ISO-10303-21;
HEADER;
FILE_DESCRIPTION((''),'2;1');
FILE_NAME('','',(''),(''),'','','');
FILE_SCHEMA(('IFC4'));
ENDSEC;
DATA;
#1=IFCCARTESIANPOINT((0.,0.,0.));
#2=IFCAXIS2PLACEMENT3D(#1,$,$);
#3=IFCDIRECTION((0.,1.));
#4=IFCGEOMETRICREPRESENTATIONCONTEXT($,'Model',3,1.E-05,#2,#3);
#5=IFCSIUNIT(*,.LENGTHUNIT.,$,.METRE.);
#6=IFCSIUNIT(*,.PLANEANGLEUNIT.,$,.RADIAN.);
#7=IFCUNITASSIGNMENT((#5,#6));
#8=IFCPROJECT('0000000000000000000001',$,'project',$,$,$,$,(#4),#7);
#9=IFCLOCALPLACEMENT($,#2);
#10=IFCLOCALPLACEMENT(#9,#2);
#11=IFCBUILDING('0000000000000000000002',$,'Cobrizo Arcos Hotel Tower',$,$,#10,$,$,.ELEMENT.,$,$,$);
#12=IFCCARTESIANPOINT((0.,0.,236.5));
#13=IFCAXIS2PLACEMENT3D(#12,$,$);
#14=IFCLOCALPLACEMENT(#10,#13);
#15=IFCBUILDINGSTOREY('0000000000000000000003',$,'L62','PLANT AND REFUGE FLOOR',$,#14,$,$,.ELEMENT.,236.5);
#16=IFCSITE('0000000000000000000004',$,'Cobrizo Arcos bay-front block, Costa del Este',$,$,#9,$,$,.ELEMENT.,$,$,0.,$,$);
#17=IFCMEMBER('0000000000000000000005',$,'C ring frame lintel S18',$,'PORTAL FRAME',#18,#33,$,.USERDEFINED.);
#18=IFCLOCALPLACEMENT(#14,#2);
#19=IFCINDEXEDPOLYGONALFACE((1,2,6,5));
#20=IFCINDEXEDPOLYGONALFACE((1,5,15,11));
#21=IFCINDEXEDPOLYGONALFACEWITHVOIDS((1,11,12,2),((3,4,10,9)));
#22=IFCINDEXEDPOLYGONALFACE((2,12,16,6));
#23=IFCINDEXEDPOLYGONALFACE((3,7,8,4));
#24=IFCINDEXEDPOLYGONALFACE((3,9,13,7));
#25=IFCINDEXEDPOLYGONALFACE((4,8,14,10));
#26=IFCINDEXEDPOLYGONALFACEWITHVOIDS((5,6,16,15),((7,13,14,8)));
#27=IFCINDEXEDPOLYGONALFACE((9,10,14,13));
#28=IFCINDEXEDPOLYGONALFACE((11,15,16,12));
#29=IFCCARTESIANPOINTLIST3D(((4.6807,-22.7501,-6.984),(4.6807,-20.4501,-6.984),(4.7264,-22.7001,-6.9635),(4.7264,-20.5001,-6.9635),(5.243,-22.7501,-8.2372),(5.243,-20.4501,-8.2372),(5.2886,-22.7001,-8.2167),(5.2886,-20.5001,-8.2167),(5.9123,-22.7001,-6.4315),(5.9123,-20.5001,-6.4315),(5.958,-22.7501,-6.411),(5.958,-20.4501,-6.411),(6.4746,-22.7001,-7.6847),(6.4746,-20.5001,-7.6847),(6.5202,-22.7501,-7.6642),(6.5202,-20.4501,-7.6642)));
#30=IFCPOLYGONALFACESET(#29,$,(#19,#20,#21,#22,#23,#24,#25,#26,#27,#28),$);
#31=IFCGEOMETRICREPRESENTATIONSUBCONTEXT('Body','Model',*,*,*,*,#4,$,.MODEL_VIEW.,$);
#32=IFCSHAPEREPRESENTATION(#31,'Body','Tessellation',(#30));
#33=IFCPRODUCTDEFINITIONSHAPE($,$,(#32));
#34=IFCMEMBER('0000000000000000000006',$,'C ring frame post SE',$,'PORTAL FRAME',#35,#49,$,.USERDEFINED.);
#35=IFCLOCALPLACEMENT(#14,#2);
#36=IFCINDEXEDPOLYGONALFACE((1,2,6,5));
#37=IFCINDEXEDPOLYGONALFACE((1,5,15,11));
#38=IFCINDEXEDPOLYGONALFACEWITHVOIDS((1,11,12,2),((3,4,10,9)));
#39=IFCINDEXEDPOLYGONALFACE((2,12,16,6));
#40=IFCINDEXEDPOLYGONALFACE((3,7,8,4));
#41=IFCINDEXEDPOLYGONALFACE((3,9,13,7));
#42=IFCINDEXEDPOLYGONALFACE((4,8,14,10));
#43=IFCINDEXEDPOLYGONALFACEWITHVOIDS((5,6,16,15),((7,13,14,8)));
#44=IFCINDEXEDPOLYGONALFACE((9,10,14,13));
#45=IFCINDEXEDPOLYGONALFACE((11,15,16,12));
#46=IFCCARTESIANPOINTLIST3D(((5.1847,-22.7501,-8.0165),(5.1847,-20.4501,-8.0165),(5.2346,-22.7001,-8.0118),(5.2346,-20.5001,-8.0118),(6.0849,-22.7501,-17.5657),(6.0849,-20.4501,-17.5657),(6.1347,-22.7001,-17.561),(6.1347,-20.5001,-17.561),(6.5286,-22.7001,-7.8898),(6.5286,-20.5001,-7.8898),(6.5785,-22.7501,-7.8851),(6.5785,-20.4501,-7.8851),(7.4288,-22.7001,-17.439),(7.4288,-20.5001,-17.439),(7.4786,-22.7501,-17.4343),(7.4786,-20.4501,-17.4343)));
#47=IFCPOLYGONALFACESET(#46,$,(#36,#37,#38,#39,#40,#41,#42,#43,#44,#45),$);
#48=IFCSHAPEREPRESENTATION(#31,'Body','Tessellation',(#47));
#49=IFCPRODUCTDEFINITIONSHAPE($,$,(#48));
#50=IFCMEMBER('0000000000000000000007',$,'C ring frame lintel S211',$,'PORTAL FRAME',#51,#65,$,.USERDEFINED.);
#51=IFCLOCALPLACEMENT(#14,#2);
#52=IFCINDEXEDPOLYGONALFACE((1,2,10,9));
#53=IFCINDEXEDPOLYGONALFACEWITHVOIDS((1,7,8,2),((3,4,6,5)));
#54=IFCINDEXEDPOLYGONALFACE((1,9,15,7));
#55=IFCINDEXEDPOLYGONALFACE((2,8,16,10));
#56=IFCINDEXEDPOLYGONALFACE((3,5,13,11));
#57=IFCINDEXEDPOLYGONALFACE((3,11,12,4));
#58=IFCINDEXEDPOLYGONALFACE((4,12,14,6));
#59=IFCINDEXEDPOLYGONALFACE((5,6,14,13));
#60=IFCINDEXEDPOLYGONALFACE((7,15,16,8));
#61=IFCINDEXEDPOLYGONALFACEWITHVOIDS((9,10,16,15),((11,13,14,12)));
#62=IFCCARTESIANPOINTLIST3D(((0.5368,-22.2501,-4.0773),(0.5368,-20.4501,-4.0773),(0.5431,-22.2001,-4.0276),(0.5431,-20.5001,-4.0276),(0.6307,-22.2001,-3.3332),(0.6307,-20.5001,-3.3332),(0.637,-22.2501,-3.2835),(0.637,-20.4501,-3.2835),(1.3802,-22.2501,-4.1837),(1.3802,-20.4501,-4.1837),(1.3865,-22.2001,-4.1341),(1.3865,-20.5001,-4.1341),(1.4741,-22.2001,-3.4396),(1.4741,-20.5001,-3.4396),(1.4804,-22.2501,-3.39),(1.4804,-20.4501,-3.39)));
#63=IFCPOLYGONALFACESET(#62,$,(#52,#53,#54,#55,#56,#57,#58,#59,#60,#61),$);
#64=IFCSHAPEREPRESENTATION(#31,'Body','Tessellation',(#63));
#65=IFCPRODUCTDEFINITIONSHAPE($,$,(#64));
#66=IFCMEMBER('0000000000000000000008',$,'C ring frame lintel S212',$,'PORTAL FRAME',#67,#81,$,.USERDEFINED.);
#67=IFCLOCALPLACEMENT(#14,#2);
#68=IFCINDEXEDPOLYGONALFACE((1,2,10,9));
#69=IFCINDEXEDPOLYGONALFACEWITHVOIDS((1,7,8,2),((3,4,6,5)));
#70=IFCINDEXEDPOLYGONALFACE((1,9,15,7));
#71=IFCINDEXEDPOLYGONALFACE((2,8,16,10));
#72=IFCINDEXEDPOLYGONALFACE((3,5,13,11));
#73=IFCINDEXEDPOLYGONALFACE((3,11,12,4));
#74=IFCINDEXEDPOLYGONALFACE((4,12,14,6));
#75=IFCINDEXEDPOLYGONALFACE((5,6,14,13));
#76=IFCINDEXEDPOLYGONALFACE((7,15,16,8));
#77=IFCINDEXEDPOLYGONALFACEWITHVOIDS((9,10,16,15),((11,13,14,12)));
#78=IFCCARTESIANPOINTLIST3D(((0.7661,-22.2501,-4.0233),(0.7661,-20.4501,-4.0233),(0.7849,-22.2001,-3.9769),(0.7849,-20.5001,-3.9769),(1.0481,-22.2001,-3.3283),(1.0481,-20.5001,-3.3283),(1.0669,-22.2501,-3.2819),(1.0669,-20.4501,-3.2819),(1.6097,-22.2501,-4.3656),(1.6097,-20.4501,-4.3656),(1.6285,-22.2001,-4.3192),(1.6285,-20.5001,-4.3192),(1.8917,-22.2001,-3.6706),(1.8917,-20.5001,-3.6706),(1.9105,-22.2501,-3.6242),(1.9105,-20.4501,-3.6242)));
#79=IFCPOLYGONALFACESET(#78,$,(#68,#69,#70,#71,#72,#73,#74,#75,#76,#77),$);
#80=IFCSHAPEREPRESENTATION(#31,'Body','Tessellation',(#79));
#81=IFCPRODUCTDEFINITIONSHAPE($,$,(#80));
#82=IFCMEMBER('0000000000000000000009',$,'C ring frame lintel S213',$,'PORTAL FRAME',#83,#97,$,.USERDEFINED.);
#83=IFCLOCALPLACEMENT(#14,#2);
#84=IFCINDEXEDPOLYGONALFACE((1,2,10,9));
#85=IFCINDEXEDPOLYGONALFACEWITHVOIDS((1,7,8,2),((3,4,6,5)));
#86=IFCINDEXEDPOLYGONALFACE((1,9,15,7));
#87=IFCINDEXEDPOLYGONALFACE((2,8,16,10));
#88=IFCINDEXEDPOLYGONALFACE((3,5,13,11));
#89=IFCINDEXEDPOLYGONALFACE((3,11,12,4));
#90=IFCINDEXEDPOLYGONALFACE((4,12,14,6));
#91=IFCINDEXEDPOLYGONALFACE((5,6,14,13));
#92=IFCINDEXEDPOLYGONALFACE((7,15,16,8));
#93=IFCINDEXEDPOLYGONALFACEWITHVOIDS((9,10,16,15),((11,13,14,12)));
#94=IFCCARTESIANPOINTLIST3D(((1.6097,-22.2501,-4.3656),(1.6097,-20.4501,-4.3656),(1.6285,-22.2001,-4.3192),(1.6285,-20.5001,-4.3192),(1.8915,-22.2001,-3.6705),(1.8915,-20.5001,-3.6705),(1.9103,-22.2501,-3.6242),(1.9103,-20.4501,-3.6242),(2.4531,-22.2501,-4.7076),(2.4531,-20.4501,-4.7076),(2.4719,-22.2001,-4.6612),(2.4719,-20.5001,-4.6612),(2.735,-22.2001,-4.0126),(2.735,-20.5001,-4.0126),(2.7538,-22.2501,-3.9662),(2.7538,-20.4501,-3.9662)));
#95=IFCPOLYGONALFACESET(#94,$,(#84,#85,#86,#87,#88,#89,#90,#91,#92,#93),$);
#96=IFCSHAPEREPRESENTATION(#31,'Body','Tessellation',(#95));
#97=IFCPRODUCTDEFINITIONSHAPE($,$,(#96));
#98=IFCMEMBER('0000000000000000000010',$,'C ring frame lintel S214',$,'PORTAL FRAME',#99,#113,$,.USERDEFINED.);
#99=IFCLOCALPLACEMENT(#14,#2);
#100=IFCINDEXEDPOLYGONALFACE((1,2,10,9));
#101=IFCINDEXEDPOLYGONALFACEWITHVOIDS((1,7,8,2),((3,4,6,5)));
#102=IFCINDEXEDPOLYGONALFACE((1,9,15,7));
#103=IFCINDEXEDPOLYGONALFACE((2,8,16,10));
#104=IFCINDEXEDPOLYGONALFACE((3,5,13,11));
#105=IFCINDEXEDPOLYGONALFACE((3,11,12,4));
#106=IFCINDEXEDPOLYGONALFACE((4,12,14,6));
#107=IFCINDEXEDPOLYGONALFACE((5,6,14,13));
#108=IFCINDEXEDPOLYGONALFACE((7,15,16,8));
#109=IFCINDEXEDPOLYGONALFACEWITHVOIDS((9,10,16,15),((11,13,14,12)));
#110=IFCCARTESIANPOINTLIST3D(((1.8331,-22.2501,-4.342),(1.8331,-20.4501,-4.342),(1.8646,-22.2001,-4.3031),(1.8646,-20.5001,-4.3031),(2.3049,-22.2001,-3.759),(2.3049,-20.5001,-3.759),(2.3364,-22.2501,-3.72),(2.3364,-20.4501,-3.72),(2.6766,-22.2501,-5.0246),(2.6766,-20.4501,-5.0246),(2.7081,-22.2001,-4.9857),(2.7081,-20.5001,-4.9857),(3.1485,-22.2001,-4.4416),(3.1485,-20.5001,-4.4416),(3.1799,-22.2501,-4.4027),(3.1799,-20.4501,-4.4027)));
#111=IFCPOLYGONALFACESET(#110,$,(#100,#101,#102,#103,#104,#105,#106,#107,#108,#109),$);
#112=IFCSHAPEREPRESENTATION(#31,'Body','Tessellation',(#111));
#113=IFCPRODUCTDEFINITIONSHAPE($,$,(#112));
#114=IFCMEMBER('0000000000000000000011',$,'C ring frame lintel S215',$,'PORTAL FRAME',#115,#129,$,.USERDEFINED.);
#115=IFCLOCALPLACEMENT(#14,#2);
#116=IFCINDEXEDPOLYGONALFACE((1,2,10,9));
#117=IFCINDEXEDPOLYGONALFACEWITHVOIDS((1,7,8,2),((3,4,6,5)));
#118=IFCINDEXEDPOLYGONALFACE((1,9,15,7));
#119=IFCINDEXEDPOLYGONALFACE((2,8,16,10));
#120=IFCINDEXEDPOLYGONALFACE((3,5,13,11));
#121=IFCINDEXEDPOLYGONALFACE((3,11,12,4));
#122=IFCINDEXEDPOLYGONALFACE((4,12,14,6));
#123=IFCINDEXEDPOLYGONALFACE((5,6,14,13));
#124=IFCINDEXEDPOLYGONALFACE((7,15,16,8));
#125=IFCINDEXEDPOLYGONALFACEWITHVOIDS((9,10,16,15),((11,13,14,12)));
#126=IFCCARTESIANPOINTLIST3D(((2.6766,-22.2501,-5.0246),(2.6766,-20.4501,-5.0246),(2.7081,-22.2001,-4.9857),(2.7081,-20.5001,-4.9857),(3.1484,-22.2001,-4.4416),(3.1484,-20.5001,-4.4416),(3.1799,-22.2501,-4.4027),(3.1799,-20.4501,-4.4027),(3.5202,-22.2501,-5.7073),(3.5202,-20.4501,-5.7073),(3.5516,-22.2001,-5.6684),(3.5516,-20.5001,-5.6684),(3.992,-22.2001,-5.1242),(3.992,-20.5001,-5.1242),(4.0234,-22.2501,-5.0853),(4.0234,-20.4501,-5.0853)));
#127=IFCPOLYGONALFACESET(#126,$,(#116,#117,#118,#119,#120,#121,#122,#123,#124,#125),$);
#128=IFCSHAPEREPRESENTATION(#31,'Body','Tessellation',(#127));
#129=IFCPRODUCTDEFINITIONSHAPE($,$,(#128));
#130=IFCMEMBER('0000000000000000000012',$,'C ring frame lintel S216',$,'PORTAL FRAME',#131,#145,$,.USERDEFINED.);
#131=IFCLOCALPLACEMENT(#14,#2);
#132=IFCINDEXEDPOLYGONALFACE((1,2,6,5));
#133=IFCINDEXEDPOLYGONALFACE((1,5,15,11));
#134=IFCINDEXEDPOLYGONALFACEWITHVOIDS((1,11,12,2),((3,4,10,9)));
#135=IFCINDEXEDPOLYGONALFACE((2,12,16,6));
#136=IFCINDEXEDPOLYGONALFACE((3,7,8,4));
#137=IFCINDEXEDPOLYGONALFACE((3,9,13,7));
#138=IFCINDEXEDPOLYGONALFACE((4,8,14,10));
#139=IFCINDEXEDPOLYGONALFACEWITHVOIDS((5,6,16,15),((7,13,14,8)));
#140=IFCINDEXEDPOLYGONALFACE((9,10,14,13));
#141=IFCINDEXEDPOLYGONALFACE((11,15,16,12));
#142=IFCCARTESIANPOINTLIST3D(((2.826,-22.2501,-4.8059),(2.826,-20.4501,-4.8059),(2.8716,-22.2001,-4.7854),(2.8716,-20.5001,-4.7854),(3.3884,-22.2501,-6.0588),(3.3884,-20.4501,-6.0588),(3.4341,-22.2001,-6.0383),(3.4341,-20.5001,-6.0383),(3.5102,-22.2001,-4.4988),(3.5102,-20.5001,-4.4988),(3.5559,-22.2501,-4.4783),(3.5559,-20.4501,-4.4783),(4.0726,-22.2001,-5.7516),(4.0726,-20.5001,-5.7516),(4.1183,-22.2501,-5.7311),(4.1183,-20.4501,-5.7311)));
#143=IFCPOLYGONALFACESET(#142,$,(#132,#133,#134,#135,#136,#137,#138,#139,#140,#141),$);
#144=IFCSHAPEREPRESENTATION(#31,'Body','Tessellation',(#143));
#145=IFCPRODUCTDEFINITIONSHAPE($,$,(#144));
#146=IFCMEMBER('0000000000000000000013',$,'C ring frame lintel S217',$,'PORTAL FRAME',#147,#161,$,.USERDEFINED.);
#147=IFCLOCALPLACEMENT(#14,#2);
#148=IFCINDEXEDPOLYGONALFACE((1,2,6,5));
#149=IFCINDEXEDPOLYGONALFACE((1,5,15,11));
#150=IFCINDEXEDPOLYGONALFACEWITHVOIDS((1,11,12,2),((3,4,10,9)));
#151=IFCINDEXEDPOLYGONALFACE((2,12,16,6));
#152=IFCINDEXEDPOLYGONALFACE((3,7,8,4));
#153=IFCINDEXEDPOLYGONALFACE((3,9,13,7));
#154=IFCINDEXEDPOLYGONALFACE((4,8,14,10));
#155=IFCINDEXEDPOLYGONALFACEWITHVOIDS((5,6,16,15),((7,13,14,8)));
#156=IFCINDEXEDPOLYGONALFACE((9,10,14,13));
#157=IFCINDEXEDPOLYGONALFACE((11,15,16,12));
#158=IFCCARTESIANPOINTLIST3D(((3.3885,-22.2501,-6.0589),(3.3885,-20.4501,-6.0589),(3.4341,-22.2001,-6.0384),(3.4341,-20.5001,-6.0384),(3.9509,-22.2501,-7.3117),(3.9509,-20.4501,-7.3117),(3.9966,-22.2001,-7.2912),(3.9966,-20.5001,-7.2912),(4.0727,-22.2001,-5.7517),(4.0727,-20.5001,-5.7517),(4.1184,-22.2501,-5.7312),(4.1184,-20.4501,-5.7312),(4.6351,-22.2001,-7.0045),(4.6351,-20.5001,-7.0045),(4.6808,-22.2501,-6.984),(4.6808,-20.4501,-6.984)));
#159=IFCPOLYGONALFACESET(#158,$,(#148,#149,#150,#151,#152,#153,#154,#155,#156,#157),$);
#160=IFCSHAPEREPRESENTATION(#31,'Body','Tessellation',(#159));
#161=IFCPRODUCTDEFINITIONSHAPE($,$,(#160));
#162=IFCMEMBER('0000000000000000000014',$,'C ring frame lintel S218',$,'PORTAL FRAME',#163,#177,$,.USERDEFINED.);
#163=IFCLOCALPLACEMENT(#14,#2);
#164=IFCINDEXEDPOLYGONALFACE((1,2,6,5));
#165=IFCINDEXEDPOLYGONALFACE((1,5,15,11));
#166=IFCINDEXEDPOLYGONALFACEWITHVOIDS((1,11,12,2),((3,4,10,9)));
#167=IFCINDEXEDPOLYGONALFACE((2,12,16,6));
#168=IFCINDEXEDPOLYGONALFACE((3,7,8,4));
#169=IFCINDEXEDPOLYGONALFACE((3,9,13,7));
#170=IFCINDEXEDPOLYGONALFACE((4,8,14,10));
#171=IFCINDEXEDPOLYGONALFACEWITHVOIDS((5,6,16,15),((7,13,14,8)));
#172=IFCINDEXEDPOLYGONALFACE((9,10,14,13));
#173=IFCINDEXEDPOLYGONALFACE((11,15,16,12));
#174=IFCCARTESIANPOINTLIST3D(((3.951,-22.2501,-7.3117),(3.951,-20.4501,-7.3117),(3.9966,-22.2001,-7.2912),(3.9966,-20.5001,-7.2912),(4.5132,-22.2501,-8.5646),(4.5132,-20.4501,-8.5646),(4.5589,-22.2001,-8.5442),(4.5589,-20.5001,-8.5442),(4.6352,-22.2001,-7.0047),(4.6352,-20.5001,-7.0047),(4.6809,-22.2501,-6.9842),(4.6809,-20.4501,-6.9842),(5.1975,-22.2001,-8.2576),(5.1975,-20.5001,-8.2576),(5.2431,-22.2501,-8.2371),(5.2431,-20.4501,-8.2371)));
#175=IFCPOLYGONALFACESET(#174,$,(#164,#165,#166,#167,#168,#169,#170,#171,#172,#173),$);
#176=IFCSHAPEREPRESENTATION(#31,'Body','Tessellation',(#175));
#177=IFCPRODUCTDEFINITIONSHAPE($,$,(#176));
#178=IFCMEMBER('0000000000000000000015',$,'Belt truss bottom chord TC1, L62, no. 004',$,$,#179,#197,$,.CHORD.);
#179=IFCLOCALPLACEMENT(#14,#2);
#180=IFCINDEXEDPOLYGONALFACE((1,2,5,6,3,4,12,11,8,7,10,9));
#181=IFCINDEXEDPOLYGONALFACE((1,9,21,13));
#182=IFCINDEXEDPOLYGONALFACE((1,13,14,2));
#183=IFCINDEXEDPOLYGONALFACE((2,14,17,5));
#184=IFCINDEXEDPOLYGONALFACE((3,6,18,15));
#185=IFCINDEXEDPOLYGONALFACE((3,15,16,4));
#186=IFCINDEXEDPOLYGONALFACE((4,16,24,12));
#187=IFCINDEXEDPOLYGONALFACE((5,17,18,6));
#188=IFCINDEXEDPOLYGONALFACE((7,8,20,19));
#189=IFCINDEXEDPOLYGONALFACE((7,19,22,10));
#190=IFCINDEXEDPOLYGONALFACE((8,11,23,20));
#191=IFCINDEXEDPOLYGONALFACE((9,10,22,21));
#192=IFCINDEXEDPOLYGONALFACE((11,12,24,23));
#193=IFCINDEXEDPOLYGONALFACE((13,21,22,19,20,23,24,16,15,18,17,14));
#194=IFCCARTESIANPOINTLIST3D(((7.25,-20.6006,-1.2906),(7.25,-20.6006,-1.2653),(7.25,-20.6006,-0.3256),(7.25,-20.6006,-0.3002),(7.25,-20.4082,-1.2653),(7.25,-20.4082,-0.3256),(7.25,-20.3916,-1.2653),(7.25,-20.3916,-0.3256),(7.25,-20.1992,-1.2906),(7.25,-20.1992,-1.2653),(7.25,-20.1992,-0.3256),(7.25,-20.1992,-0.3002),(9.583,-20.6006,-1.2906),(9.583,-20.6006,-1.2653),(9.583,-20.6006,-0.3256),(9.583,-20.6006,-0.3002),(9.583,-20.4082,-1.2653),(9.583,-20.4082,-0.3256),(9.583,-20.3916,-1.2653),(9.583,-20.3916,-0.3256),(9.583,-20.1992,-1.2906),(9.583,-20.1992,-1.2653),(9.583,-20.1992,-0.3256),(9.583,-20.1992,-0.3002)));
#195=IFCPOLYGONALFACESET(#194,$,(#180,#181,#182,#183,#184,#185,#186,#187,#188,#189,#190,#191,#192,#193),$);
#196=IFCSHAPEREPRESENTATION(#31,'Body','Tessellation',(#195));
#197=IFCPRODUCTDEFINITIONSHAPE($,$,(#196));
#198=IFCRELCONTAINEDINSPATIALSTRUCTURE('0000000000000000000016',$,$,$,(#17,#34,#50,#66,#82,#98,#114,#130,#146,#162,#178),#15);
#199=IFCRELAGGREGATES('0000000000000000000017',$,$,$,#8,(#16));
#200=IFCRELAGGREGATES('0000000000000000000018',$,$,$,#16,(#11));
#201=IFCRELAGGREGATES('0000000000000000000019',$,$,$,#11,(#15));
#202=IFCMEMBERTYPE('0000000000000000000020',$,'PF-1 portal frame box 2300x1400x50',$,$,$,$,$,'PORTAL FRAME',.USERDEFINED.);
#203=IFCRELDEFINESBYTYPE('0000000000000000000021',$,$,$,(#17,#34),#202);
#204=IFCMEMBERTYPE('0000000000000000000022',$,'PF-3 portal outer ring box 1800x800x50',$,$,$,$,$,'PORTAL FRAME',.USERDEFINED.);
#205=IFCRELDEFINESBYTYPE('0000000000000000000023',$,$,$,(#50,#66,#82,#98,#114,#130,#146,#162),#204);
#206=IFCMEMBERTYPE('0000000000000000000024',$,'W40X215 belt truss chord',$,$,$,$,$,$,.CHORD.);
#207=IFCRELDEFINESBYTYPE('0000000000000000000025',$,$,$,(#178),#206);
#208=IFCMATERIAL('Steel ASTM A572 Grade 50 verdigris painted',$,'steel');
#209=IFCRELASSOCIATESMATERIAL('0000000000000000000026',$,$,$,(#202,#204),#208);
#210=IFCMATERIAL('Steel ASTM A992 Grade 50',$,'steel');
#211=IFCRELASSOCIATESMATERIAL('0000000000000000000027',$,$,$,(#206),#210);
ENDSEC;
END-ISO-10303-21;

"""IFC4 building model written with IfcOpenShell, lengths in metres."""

from ifc_helpers import new_model, si_unit, direction, frame, origin, origin_2d, place, context, subcontext, project, spatial, hollow_rectangle, i_section, extrude, material, material_profile, profile_set, type_object, element, save


model = new_model("IFC4")

# Units and contexts
model_context = context("Model", 3, precision=1e-05, world=origin(), true_north=direction((0.0, 1.0)))
body_context = subcontext(model_context, "Body", "Model", "MODEL_VIEW")
ifc_project = project(units=[si_unit("LENGTHUNIT", "METRE"), si_unit("PLANEANGLEUNIT", "RADIAN")], contexts=[model_context])

# Site, building, storey
site_placement = place(None, origin())
site = spatial("IfcSite", under=ifc_project, at=site_placement, Name="Cobrizo Arcos bay-front block, Costa del Este", CompositionType="ELEMENT", RefElevation=0.0)
building_placement = place(site_placement, origin())
building = spatial("IfcBuilding", under=site, at=building_placement, Name="Cobrizo Arcos Hotel Tower", CompositionType="ELEMENT")
storey_placement = place(building_placement, frame((0.0, 0.0, 236.5)))
storey = spatial("IfcBuildingStorey", under=building, at=storey_placement, Name="L62", Description="PLANT AND REFUGE FLOOR", CompositionType="ELEMENT", Elevation=236.5)

# Members
ifc_material_1 = material(Name="Steel ASTM A572 Grade 50 verdigris painted", Category="steel")
ifc_material_profile_1 = material_profile(ifc_material_1, hollow_rectangle(XDim=2.3, YDim=1.3999, WallThickness=0.05, at=origin_2d()), Name="PF-1 portal frame box 2300x1400x50")
ifc_profile_set_1 = profile_set([ifc_material_profile_1], Name="Steel ASTM A572 Grade 50 verdigris painted")
member_type_1 = type_object("IfcMemberType", Name="PF-1 portal frame box 2300x1400x50", ElementType="PORTAL FRAME", PredefinedType="USERDEFINED", material=ifc_profile_set_1)
member_1_placement = place(storey_placement, frame((5.3193, -21.6001, -6.6975), z_axis=(0.409352, 0.0, -0.912377), x_axis=(0.0, 1.0, 0.0)))
element("IfcMember", 1, at=member_1_placement, inside=storey, type_object=member_type_1, Name="C ring frame lintel S18", ObjectType="PORTAL FRAME", PredefinedType="USERDEFINED", context=body_context, shape_type="SweptSolid", body=[
    extrude(hollow_rectangle(XDim=2.3, YDim=1.3999, WallThickness=0.05, at=origin_2d()), origin(), (0.0, 0.0, 1.0), 1.3735),
])
member_2_placement = place(storey_placement, frame((6.7817, -21.6001, -17.5), z_axis=(-0.093847, 0.0, 0.995587), x_axis=(0.0, -1.0, 0.0)))
element("IfcMember", 2, at=member_2_placement, inside=storey, type_object=member_type_1, Name="C ring frame post SE", ObjectType="PORTAL FRAME", PredefinedType="USERDEFINED", context=body_context, shape_type="SweptSolid", body=[
    extrude(hollow_rectangle(XDim=2.3, YDim=1.3999, WallThickness=0.05, at=origin_2d()), origin(), (0.0, 0.0, 1.0), 9.5916),
])
ifc_material_profile_2 = material_profile(ifc_material_1, hollow_rectangle(XDim=1.8, YDim=0.8, WallThickness=0.05, at=origin_2d()), Name="PF-3 portal outer ring box 1800x800x50")
ifc_profile_set_2 = profile_set([ifc_material_profile_2], Name="Steel ASTM A572 Grade 50 verdigris painted")
member_type_2 = type_object("IfcMemberType", Name="PF-3 portal outer ring box 1800x800x50", ElementType="PORTAL FRAME", PredefinedType="USERDEFINED", material=ifc_profile_set_2)
member_3_placement = place(storey_placement, frame((0.5869, -21.3501, -3.6804), z_axis=(0.992131, 0.0, -0.125201), x_axis=(0.0, 1.0, 0.0)))
element("IfcMember", 3, at=member_3_placement, inside=storey, type_object=member_type_2, Name="C ring frame lintel S211", ObjectType="PORTAL FRAME", PredefinedType="USERDEFINED", context=body_context, shape_type="SweptSolid", body=[
    extrude(hollow_rectangle(XDim=1.8, YDim=0.8, WallThickness=0.05, at=origin_2d()), origin(), (0.0, 0.0, 1.0), 0.8501),
])
member_4_placement = place(storey_placement, frame((0.9165, -21.3501, -3.6526), z_axis=(0.926616, 0.0, -0.37601), x_axis=(0.0, 1.0, 0.0)))
element("IfcMember", 4, at=member_4_placement, inside=storey, type_object=member_type_2, Name="C ring frame lintel S212", ObjectType="PORTAL FRAME", PredefinedType="USERDEFINED", context=body_context, shape_type="SweptSolid", body=[
    extrude(hollow_rectangle(XDim=1.8, YDim=0.8, WallThickness=0.05, at=origin_2d()), origin(), (0.0, 0.0, 1.0), 0.9104),
])
member_5_placement = place(storey_placement, frame((1.76, -21.3501, -3.9949), z_axis=(0.926709, 0.0, -0.37578), x_axis=(0.0, 1.0, 0.0)))
element("IfcMember", 5, at=member_5_placement, inside=storey, type_object=member_type_2, Name="C ring frame lintel S213", ObjectType="PORTAL FRAME", PredefinedType="USERDEFINED", context=body_context, shape_type="SweptSolid", body=[
    extrude(hollow_rectangle(XDim=1.8, YDim=0.8, WallThickness=0.05, at=origin_2d()), origin(), (0.0, 0.0, 1.0), 0.9102),
])
for number, where, z_axis, x_axis, name in (
    (6, (2.0847, -21.3501, -4.031), (0.777344, 0.0, -0.629075), (0.0, 1.0, 0.0), "C ring frame lintel S214"),
    (7, (2.9282, -21.3501, -4.7136), (0.777344, 0.0, -0.629075), (0.0, 1.0, 0.0), "C ring frame lintel S215"),
):
    element("IfcMember", number, at=place(storey_placement, frame(where, z_axis=z_axis, x_axis=x_axis)), inside=storey, type_object=member_type_2, Name=name, ObjectType="PORTAL FRAME", PredefinedType="USERDEFINED", context=body_context, shape_type="SweptSolid", body=[
        extrude(hollow_rectangle(XDim=1.8, YDim=0.8, WallThickness=0.05, at=origin_2d()), origin(), (0.0, 0.0, 1.0), 1.0852),
    ])
for number, where, z_axis, x_axis, name in (
    (8, (3.1909, -21.3501, -4.6421), (0.409566, 0.0, -0.91228), (0.0, 1.0, 0.0), "C ring frame lintel S216"),
    (9, (3.7534, -21.3501, -5.895), (0.409566, 0.0, -0.91228), (0.0, 1.0, 0.0), "C ring frame lintel S217"),
    (10, (4.3159, -21.3501, -7.1479), (0.409418, 0.0, -0.912347), (0.0, 1.0, 0.0), "C ring frame lintel S218"),
):
    element("IfcMember", number, at=place(storey_placement, frame(where, z_axis=z_axis, x_axis=x_axis)), inside=storey, type_object=member_type_2, Name=name, ObjectType="PORTAL FRAME", PredefinedType="USERDEFINED", context=body_context, shape_type="SweptSolid", body=[
        extrude(hollow_rectangle(XDim=1.8, YDim=0.8, WallThickness=0.05, at=origin_2d()), origin(), (0.0, 0.0, 1.0), 1.3733),
    ])
ifc_material_2 = material(Name="Steel ASTM A992 Grade 50", Category="steel")
ifc_material_profile_3 = material_profile(ifc_material_2, i_section(OverallWidth=0.4014, OverallDepth=0.9905, WebThickness=0.0166, FlangeThickness=0.0254, at=origin_2d()), Name="W40X215")
ifc_profile_set_3 = profile_set([ifc_material_profile_3], Name="Steel ASTM A992 Grade 50")
member_type_3 = type_object("IfcMemberType", Name="W40X215 belt truss chord", PredefinedType="CHORD", material=ifc_profile_set_3)
member_6_placement = place(storey_placement, frame((7.25, -20.3999, -0.7954), z_axis=(1.0, 0.0, 0.0), x_axis=(0.0, 1.0, 0.0)))
element("IfcMember", 11, at=member_6_placement, inside=storey, type_object=member_type_3, Name="Belt truss bottom chord TC1, L62, no. 004", PredefinedType="CHORD", context=body_context, shape_type="SweptSolid", body=[
    extrude(i_section(OverallWidth=0.4014, OverallDepth=0.9905, WebThickness=0.0166, FlangeThickness=0.0254, at=origin_2d()), origin(), (0.0, 0.0, 1.0), 2.333),
])

save(model, "model.ifc")
